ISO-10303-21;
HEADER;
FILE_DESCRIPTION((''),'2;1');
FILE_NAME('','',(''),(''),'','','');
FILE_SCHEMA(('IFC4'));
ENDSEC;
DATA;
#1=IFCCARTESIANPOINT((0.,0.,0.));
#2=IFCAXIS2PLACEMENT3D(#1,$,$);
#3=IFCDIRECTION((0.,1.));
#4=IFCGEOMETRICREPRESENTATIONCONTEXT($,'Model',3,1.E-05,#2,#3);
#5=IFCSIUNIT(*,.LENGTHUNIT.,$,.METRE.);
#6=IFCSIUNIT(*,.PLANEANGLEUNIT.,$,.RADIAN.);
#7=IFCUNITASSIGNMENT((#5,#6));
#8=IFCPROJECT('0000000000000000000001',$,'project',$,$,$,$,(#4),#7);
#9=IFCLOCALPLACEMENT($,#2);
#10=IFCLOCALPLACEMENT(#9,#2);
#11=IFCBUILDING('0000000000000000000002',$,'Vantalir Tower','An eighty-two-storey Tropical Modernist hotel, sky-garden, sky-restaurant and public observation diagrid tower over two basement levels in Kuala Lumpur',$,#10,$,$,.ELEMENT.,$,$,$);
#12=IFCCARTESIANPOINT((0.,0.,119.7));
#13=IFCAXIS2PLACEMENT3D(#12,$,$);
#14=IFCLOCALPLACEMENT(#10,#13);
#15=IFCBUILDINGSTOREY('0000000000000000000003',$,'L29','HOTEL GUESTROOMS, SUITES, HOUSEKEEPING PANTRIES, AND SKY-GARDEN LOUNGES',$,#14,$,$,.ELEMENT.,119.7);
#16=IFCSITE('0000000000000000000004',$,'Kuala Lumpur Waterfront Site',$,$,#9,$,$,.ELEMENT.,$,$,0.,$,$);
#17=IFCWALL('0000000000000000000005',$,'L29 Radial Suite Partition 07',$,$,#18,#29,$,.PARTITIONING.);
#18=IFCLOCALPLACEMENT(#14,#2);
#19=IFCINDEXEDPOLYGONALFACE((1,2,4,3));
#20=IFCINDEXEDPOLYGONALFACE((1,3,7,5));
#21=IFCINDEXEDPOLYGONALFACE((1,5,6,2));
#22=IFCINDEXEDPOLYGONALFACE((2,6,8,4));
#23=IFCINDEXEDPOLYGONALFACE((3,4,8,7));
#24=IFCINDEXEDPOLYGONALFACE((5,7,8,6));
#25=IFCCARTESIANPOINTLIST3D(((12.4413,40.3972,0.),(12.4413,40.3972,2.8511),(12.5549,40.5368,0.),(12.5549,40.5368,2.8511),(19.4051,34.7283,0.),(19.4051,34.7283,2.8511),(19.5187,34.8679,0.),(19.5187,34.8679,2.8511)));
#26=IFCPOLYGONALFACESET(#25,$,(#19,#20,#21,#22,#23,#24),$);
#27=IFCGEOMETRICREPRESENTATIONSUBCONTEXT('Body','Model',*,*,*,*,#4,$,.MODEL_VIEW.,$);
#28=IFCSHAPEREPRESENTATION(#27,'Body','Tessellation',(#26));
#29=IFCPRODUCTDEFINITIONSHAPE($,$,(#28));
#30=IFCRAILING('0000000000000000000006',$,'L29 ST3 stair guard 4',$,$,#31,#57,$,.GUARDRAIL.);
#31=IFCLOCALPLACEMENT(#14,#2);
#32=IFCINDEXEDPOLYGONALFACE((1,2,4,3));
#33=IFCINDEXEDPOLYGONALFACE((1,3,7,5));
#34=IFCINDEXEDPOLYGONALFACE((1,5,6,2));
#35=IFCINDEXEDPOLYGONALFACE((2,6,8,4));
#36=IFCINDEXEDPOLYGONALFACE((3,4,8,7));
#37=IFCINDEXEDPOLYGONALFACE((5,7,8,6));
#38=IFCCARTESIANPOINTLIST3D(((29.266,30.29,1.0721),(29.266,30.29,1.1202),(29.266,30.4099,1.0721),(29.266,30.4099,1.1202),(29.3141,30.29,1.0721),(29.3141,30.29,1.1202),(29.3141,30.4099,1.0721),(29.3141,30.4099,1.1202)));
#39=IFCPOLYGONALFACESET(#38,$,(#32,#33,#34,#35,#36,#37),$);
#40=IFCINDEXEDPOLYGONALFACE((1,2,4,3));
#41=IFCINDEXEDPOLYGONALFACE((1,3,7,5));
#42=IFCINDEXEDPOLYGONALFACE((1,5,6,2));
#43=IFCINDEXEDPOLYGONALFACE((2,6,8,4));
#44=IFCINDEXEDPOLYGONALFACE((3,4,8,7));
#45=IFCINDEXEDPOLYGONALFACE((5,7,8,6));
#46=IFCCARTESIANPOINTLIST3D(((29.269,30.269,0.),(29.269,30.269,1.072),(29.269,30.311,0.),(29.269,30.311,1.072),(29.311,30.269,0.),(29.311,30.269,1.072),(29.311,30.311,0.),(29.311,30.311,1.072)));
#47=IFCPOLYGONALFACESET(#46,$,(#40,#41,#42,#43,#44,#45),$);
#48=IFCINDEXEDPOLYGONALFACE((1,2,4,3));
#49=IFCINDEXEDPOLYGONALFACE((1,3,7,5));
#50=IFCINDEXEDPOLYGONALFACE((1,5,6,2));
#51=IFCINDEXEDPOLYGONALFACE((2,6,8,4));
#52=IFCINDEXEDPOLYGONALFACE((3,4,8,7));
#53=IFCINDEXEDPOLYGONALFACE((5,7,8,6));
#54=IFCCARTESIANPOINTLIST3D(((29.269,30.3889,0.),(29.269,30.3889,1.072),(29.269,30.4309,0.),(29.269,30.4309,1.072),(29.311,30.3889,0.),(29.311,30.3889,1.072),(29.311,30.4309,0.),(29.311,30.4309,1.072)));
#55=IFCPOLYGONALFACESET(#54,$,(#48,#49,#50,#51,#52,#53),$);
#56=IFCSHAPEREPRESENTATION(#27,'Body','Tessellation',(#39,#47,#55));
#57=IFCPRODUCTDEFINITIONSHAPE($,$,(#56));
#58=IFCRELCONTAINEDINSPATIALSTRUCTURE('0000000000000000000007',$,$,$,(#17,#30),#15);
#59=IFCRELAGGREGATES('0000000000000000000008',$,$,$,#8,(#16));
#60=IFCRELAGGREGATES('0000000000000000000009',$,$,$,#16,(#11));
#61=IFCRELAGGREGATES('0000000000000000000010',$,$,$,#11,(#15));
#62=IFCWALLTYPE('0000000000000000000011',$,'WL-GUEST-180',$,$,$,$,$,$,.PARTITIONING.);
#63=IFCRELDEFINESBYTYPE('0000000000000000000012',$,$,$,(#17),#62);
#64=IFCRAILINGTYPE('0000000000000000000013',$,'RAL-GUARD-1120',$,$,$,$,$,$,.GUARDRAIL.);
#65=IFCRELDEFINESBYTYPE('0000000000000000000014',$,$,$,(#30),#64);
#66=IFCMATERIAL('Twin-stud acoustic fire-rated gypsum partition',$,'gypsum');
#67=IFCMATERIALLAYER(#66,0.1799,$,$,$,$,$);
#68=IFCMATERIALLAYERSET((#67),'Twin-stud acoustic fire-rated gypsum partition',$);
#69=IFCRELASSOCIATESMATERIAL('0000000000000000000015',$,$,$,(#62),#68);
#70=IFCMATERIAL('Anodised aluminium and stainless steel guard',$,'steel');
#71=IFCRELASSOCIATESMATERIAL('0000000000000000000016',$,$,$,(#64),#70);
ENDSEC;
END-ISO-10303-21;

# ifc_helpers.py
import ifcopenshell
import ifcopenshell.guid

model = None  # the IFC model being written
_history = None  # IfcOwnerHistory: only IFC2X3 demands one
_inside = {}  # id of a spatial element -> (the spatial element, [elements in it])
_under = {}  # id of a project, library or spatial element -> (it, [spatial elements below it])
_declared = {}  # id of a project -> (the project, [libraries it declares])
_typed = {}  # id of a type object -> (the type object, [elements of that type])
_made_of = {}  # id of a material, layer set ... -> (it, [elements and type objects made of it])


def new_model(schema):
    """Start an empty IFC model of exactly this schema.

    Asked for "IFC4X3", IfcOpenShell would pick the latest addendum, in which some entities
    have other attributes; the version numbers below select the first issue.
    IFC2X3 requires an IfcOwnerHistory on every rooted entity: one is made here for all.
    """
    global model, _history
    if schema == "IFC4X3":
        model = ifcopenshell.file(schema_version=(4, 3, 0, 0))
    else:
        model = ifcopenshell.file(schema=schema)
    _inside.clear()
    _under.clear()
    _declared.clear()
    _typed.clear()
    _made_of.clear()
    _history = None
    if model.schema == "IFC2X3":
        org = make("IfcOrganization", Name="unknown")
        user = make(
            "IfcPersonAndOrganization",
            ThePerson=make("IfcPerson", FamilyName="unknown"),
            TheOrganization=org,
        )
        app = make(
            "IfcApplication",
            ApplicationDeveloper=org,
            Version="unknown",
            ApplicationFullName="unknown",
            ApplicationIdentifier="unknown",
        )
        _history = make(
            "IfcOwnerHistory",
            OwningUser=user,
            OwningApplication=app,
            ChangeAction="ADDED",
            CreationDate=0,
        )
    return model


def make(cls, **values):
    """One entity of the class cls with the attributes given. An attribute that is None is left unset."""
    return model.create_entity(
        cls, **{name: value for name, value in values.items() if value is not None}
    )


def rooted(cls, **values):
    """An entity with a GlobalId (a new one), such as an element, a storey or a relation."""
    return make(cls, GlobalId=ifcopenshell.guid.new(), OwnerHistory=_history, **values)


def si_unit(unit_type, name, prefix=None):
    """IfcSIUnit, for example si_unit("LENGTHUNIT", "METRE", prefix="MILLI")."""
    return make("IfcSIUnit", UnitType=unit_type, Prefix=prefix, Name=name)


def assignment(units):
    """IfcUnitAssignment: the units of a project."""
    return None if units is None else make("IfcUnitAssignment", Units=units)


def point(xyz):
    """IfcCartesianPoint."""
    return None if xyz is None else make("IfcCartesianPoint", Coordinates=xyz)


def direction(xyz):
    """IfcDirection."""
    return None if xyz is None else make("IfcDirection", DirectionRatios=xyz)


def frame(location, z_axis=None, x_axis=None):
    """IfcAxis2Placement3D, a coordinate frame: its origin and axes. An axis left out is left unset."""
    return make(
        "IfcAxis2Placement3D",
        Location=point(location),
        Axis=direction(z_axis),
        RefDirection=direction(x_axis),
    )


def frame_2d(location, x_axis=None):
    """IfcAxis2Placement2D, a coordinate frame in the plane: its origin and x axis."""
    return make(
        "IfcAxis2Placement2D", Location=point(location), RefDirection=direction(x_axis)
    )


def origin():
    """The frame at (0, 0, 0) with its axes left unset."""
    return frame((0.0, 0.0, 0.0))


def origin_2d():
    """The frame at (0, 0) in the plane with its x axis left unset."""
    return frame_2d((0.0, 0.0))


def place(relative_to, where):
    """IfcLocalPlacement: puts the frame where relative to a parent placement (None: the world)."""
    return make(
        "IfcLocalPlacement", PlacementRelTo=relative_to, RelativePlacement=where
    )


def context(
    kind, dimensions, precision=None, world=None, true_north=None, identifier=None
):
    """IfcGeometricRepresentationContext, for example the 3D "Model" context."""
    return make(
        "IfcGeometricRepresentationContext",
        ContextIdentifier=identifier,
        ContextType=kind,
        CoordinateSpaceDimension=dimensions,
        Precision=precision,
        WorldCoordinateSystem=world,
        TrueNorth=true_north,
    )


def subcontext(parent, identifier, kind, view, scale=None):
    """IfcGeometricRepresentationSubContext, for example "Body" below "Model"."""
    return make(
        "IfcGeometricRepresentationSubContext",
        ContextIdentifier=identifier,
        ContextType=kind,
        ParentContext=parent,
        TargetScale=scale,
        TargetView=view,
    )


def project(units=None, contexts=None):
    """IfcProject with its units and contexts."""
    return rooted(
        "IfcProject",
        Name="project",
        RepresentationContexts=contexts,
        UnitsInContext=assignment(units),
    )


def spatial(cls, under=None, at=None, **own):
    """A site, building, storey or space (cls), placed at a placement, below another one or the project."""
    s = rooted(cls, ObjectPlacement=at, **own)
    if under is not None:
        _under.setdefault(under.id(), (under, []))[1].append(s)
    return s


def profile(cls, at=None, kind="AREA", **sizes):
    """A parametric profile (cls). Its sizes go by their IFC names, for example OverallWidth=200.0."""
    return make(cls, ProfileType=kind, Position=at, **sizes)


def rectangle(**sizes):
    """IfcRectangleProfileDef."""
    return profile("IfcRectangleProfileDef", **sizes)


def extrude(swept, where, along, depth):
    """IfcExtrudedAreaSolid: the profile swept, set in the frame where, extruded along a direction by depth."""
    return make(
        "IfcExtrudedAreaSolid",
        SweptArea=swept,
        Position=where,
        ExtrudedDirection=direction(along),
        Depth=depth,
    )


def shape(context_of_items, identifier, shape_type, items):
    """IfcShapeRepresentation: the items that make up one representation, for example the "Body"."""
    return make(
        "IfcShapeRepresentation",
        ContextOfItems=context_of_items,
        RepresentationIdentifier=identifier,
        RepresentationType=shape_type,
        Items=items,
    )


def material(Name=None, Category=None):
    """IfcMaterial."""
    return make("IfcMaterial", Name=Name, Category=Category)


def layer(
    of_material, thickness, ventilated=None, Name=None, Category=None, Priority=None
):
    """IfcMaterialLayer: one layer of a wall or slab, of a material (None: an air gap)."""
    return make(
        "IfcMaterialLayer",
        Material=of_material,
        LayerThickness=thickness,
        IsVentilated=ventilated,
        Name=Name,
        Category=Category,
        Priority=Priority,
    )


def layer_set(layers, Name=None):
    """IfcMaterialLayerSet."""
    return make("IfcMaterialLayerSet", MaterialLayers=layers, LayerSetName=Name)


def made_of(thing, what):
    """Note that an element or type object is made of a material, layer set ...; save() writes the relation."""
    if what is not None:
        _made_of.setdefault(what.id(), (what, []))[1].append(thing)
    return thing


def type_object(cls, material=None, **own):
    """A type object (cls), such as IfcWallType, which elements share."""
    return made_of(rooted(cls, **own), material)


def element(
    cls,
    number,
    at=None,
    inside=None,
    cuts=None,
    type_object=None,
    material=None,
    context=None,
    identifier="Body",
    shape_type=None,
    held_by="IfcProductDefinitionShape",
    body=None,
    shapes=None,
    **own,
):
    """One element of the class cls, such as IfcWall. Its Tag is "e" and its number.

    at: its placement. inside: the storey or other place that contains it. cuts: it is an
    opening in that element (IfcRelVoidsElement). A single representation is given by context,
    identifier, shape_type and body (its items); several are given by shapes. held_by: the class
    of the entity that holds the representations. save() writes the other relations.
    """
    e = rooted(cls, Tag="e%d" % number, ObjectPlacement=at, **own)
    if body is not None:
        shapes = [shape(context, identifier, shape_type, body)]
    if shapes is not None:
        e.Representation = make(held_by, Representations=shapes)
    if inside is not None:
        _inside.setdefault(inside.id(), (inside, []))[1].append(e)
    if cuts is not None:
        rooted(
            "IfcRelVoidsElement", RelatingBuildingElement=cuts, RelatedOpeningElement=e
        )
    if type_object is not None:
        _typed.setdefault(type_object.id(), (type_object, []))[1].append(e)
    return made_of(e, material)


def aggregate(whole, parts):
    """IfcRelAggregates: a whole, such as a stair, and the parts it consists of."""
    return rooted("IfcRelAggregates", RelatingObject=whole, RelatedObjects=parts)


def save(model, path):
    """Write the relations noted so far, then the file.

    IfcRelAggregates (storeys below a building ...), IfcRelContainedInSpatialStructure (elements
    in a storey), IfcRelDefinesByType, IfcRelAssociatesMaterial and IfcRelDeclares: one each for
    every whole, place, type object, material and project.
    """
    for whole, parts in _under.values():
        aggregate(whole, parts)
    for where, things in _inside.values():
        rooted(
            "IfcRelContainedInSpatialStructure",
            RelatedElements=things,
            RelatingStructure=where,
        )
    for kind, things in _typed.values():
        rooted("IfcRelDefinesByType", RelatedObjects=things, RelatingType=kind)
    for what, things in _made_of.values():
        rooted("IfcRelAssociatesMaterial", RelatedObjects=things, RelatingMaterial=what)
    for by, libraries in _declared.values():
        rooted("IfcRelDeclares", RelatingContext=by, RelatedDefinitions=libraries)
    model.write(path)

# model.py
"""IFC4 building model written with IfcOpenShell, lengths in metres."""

from ifc_helpers import new_model, si_unit, direction, frame, frame_2d, origin, origin_2d, place, context, subcontext, project, spatial, rectangle, extrude, material, layer, layer_set, type_object, element, save


model = new_model("IFC4")

# Units and contexts
model_context = context("Model", 3, precision=1e-05, world=origin(), true_north=direction((0.0, 1.0)))
body_context = subcontext(model_context, "Body", "Model", "MODEL_VIEW")
ifc_project = project(units=[si_unit("LENGTHUNIT", "METRE"), si_unit("PLANEANGLEUNIT", "RADIAN")], contexts=[model_context])

# Site, building, storey
site_placement = place(None, origin())
site = spatial("IfcSite", under=ifc_project, at=site_placement, Name="Kuala Lumpur Waterfront Site", CompositionType="ELEMENT", RefElevation=0.0)
building_placement = place(site_placement, origin())
building = spatial("IfcBuilding", under=site, at=building_placement, Name="Vantalir Tower", Description="An eighty-two-storey Tropical Modernist hotel, sky-garden, sky-restaurant and public observation diagrid tower over two basement levels in Kuala Lumpur", CompositionType="ELEMENT")
storey_placement = place(building_placement, frame((0.0, 0.0, 119.7)))
storey = spatial("IfcBuildingStorey", under=building, at=storey_placement, Name="L29", Description="HOTEL GUESTROOMS, SUITES, HOUSEKEEPING PANTRIES, AND SKY-GARDEN LOUNGES", CompositionType="ELEMENT", Elevation=119.7)

# Wall
ifc_material_1 = material(Name="Twin-stud acoustic fire-rated gypsum partition", Category="gypsum")
ifc_layer_1 = layer(ifc_material_1, 0.1799)
ifc_layer_set_1 = layer_set([ifc_layer_1], Name="Twin-stud acoustic fire-rated gypsum partition")
wall_type_1 = type_object("IfcWallType", Name="WL-GUEST-180", PredefinedType="PARTITIONING", material=ifc_layer_set_1)
wall_1_placement = place(storey_placement, frame((19.4619, 34.7981, 0.0), z_axis=(0.0, 0.0, 1.0), x_axis=(-0.775525, 0.631317, 0.0)))
element("IfcWall", 1, at=wall_1_placement, inside=storey, type_object=wall_type_1, Name="L29 Radial Suite Partition 07", PredefinedType="PARTITIONING", context=body_context, shape_type="SweptSolid", body=[
    extrude(rectangle(XDim=8.9795, YDim=0.1799, at=frame_2d((4.4897, 0.0))), origin(), (0.0, 0.0, 1.0), 2.8511),
])

# Railing
ifc_material_2 = material(Name="Anodised aluminium and stainless steel guard", Category="steel")
railing_type = type_object("IfcRailingType", Name="RAL-GUARD-1120", PredefinedType="GUARDRAIL", material=ifc_material_2)
railing_placement = place(storey_placement, frame((29.29, 30.29, 0.0)))
element("IfcRailing", 2, at=railing_placement, inside=storey, type_object=railing_type, Name="L29 ST3 stair guard 4", PredefinedType="GUARDRAIL", context=body_context, shape_type="SweptSolid", body=[
    extrude(rectangle(XDim=0.0481, YDim=0.0481, at=origin_2d()), frame((0.0, 0.0, 1.0962), z_axis=(0.0, 1.0, 0.0), x_axis=(-1.0, 0.0, 0.0)), (0.0, 0.0, 1.0), 0.1199),
    extrude(rectangle(XDim=0.042, YDim=0.042, at=origin_2d()), origin(), (0.0, 0.0, 1.0), 1.072),
    extrude(rectangle(XDim=0.042, YDim=0.042, at=origin_2d()), frame((0.0, 0.1199, 0.0)), (0.0, 0.0, 1.0), 1.072),
])

save(model, "model.ifc")
